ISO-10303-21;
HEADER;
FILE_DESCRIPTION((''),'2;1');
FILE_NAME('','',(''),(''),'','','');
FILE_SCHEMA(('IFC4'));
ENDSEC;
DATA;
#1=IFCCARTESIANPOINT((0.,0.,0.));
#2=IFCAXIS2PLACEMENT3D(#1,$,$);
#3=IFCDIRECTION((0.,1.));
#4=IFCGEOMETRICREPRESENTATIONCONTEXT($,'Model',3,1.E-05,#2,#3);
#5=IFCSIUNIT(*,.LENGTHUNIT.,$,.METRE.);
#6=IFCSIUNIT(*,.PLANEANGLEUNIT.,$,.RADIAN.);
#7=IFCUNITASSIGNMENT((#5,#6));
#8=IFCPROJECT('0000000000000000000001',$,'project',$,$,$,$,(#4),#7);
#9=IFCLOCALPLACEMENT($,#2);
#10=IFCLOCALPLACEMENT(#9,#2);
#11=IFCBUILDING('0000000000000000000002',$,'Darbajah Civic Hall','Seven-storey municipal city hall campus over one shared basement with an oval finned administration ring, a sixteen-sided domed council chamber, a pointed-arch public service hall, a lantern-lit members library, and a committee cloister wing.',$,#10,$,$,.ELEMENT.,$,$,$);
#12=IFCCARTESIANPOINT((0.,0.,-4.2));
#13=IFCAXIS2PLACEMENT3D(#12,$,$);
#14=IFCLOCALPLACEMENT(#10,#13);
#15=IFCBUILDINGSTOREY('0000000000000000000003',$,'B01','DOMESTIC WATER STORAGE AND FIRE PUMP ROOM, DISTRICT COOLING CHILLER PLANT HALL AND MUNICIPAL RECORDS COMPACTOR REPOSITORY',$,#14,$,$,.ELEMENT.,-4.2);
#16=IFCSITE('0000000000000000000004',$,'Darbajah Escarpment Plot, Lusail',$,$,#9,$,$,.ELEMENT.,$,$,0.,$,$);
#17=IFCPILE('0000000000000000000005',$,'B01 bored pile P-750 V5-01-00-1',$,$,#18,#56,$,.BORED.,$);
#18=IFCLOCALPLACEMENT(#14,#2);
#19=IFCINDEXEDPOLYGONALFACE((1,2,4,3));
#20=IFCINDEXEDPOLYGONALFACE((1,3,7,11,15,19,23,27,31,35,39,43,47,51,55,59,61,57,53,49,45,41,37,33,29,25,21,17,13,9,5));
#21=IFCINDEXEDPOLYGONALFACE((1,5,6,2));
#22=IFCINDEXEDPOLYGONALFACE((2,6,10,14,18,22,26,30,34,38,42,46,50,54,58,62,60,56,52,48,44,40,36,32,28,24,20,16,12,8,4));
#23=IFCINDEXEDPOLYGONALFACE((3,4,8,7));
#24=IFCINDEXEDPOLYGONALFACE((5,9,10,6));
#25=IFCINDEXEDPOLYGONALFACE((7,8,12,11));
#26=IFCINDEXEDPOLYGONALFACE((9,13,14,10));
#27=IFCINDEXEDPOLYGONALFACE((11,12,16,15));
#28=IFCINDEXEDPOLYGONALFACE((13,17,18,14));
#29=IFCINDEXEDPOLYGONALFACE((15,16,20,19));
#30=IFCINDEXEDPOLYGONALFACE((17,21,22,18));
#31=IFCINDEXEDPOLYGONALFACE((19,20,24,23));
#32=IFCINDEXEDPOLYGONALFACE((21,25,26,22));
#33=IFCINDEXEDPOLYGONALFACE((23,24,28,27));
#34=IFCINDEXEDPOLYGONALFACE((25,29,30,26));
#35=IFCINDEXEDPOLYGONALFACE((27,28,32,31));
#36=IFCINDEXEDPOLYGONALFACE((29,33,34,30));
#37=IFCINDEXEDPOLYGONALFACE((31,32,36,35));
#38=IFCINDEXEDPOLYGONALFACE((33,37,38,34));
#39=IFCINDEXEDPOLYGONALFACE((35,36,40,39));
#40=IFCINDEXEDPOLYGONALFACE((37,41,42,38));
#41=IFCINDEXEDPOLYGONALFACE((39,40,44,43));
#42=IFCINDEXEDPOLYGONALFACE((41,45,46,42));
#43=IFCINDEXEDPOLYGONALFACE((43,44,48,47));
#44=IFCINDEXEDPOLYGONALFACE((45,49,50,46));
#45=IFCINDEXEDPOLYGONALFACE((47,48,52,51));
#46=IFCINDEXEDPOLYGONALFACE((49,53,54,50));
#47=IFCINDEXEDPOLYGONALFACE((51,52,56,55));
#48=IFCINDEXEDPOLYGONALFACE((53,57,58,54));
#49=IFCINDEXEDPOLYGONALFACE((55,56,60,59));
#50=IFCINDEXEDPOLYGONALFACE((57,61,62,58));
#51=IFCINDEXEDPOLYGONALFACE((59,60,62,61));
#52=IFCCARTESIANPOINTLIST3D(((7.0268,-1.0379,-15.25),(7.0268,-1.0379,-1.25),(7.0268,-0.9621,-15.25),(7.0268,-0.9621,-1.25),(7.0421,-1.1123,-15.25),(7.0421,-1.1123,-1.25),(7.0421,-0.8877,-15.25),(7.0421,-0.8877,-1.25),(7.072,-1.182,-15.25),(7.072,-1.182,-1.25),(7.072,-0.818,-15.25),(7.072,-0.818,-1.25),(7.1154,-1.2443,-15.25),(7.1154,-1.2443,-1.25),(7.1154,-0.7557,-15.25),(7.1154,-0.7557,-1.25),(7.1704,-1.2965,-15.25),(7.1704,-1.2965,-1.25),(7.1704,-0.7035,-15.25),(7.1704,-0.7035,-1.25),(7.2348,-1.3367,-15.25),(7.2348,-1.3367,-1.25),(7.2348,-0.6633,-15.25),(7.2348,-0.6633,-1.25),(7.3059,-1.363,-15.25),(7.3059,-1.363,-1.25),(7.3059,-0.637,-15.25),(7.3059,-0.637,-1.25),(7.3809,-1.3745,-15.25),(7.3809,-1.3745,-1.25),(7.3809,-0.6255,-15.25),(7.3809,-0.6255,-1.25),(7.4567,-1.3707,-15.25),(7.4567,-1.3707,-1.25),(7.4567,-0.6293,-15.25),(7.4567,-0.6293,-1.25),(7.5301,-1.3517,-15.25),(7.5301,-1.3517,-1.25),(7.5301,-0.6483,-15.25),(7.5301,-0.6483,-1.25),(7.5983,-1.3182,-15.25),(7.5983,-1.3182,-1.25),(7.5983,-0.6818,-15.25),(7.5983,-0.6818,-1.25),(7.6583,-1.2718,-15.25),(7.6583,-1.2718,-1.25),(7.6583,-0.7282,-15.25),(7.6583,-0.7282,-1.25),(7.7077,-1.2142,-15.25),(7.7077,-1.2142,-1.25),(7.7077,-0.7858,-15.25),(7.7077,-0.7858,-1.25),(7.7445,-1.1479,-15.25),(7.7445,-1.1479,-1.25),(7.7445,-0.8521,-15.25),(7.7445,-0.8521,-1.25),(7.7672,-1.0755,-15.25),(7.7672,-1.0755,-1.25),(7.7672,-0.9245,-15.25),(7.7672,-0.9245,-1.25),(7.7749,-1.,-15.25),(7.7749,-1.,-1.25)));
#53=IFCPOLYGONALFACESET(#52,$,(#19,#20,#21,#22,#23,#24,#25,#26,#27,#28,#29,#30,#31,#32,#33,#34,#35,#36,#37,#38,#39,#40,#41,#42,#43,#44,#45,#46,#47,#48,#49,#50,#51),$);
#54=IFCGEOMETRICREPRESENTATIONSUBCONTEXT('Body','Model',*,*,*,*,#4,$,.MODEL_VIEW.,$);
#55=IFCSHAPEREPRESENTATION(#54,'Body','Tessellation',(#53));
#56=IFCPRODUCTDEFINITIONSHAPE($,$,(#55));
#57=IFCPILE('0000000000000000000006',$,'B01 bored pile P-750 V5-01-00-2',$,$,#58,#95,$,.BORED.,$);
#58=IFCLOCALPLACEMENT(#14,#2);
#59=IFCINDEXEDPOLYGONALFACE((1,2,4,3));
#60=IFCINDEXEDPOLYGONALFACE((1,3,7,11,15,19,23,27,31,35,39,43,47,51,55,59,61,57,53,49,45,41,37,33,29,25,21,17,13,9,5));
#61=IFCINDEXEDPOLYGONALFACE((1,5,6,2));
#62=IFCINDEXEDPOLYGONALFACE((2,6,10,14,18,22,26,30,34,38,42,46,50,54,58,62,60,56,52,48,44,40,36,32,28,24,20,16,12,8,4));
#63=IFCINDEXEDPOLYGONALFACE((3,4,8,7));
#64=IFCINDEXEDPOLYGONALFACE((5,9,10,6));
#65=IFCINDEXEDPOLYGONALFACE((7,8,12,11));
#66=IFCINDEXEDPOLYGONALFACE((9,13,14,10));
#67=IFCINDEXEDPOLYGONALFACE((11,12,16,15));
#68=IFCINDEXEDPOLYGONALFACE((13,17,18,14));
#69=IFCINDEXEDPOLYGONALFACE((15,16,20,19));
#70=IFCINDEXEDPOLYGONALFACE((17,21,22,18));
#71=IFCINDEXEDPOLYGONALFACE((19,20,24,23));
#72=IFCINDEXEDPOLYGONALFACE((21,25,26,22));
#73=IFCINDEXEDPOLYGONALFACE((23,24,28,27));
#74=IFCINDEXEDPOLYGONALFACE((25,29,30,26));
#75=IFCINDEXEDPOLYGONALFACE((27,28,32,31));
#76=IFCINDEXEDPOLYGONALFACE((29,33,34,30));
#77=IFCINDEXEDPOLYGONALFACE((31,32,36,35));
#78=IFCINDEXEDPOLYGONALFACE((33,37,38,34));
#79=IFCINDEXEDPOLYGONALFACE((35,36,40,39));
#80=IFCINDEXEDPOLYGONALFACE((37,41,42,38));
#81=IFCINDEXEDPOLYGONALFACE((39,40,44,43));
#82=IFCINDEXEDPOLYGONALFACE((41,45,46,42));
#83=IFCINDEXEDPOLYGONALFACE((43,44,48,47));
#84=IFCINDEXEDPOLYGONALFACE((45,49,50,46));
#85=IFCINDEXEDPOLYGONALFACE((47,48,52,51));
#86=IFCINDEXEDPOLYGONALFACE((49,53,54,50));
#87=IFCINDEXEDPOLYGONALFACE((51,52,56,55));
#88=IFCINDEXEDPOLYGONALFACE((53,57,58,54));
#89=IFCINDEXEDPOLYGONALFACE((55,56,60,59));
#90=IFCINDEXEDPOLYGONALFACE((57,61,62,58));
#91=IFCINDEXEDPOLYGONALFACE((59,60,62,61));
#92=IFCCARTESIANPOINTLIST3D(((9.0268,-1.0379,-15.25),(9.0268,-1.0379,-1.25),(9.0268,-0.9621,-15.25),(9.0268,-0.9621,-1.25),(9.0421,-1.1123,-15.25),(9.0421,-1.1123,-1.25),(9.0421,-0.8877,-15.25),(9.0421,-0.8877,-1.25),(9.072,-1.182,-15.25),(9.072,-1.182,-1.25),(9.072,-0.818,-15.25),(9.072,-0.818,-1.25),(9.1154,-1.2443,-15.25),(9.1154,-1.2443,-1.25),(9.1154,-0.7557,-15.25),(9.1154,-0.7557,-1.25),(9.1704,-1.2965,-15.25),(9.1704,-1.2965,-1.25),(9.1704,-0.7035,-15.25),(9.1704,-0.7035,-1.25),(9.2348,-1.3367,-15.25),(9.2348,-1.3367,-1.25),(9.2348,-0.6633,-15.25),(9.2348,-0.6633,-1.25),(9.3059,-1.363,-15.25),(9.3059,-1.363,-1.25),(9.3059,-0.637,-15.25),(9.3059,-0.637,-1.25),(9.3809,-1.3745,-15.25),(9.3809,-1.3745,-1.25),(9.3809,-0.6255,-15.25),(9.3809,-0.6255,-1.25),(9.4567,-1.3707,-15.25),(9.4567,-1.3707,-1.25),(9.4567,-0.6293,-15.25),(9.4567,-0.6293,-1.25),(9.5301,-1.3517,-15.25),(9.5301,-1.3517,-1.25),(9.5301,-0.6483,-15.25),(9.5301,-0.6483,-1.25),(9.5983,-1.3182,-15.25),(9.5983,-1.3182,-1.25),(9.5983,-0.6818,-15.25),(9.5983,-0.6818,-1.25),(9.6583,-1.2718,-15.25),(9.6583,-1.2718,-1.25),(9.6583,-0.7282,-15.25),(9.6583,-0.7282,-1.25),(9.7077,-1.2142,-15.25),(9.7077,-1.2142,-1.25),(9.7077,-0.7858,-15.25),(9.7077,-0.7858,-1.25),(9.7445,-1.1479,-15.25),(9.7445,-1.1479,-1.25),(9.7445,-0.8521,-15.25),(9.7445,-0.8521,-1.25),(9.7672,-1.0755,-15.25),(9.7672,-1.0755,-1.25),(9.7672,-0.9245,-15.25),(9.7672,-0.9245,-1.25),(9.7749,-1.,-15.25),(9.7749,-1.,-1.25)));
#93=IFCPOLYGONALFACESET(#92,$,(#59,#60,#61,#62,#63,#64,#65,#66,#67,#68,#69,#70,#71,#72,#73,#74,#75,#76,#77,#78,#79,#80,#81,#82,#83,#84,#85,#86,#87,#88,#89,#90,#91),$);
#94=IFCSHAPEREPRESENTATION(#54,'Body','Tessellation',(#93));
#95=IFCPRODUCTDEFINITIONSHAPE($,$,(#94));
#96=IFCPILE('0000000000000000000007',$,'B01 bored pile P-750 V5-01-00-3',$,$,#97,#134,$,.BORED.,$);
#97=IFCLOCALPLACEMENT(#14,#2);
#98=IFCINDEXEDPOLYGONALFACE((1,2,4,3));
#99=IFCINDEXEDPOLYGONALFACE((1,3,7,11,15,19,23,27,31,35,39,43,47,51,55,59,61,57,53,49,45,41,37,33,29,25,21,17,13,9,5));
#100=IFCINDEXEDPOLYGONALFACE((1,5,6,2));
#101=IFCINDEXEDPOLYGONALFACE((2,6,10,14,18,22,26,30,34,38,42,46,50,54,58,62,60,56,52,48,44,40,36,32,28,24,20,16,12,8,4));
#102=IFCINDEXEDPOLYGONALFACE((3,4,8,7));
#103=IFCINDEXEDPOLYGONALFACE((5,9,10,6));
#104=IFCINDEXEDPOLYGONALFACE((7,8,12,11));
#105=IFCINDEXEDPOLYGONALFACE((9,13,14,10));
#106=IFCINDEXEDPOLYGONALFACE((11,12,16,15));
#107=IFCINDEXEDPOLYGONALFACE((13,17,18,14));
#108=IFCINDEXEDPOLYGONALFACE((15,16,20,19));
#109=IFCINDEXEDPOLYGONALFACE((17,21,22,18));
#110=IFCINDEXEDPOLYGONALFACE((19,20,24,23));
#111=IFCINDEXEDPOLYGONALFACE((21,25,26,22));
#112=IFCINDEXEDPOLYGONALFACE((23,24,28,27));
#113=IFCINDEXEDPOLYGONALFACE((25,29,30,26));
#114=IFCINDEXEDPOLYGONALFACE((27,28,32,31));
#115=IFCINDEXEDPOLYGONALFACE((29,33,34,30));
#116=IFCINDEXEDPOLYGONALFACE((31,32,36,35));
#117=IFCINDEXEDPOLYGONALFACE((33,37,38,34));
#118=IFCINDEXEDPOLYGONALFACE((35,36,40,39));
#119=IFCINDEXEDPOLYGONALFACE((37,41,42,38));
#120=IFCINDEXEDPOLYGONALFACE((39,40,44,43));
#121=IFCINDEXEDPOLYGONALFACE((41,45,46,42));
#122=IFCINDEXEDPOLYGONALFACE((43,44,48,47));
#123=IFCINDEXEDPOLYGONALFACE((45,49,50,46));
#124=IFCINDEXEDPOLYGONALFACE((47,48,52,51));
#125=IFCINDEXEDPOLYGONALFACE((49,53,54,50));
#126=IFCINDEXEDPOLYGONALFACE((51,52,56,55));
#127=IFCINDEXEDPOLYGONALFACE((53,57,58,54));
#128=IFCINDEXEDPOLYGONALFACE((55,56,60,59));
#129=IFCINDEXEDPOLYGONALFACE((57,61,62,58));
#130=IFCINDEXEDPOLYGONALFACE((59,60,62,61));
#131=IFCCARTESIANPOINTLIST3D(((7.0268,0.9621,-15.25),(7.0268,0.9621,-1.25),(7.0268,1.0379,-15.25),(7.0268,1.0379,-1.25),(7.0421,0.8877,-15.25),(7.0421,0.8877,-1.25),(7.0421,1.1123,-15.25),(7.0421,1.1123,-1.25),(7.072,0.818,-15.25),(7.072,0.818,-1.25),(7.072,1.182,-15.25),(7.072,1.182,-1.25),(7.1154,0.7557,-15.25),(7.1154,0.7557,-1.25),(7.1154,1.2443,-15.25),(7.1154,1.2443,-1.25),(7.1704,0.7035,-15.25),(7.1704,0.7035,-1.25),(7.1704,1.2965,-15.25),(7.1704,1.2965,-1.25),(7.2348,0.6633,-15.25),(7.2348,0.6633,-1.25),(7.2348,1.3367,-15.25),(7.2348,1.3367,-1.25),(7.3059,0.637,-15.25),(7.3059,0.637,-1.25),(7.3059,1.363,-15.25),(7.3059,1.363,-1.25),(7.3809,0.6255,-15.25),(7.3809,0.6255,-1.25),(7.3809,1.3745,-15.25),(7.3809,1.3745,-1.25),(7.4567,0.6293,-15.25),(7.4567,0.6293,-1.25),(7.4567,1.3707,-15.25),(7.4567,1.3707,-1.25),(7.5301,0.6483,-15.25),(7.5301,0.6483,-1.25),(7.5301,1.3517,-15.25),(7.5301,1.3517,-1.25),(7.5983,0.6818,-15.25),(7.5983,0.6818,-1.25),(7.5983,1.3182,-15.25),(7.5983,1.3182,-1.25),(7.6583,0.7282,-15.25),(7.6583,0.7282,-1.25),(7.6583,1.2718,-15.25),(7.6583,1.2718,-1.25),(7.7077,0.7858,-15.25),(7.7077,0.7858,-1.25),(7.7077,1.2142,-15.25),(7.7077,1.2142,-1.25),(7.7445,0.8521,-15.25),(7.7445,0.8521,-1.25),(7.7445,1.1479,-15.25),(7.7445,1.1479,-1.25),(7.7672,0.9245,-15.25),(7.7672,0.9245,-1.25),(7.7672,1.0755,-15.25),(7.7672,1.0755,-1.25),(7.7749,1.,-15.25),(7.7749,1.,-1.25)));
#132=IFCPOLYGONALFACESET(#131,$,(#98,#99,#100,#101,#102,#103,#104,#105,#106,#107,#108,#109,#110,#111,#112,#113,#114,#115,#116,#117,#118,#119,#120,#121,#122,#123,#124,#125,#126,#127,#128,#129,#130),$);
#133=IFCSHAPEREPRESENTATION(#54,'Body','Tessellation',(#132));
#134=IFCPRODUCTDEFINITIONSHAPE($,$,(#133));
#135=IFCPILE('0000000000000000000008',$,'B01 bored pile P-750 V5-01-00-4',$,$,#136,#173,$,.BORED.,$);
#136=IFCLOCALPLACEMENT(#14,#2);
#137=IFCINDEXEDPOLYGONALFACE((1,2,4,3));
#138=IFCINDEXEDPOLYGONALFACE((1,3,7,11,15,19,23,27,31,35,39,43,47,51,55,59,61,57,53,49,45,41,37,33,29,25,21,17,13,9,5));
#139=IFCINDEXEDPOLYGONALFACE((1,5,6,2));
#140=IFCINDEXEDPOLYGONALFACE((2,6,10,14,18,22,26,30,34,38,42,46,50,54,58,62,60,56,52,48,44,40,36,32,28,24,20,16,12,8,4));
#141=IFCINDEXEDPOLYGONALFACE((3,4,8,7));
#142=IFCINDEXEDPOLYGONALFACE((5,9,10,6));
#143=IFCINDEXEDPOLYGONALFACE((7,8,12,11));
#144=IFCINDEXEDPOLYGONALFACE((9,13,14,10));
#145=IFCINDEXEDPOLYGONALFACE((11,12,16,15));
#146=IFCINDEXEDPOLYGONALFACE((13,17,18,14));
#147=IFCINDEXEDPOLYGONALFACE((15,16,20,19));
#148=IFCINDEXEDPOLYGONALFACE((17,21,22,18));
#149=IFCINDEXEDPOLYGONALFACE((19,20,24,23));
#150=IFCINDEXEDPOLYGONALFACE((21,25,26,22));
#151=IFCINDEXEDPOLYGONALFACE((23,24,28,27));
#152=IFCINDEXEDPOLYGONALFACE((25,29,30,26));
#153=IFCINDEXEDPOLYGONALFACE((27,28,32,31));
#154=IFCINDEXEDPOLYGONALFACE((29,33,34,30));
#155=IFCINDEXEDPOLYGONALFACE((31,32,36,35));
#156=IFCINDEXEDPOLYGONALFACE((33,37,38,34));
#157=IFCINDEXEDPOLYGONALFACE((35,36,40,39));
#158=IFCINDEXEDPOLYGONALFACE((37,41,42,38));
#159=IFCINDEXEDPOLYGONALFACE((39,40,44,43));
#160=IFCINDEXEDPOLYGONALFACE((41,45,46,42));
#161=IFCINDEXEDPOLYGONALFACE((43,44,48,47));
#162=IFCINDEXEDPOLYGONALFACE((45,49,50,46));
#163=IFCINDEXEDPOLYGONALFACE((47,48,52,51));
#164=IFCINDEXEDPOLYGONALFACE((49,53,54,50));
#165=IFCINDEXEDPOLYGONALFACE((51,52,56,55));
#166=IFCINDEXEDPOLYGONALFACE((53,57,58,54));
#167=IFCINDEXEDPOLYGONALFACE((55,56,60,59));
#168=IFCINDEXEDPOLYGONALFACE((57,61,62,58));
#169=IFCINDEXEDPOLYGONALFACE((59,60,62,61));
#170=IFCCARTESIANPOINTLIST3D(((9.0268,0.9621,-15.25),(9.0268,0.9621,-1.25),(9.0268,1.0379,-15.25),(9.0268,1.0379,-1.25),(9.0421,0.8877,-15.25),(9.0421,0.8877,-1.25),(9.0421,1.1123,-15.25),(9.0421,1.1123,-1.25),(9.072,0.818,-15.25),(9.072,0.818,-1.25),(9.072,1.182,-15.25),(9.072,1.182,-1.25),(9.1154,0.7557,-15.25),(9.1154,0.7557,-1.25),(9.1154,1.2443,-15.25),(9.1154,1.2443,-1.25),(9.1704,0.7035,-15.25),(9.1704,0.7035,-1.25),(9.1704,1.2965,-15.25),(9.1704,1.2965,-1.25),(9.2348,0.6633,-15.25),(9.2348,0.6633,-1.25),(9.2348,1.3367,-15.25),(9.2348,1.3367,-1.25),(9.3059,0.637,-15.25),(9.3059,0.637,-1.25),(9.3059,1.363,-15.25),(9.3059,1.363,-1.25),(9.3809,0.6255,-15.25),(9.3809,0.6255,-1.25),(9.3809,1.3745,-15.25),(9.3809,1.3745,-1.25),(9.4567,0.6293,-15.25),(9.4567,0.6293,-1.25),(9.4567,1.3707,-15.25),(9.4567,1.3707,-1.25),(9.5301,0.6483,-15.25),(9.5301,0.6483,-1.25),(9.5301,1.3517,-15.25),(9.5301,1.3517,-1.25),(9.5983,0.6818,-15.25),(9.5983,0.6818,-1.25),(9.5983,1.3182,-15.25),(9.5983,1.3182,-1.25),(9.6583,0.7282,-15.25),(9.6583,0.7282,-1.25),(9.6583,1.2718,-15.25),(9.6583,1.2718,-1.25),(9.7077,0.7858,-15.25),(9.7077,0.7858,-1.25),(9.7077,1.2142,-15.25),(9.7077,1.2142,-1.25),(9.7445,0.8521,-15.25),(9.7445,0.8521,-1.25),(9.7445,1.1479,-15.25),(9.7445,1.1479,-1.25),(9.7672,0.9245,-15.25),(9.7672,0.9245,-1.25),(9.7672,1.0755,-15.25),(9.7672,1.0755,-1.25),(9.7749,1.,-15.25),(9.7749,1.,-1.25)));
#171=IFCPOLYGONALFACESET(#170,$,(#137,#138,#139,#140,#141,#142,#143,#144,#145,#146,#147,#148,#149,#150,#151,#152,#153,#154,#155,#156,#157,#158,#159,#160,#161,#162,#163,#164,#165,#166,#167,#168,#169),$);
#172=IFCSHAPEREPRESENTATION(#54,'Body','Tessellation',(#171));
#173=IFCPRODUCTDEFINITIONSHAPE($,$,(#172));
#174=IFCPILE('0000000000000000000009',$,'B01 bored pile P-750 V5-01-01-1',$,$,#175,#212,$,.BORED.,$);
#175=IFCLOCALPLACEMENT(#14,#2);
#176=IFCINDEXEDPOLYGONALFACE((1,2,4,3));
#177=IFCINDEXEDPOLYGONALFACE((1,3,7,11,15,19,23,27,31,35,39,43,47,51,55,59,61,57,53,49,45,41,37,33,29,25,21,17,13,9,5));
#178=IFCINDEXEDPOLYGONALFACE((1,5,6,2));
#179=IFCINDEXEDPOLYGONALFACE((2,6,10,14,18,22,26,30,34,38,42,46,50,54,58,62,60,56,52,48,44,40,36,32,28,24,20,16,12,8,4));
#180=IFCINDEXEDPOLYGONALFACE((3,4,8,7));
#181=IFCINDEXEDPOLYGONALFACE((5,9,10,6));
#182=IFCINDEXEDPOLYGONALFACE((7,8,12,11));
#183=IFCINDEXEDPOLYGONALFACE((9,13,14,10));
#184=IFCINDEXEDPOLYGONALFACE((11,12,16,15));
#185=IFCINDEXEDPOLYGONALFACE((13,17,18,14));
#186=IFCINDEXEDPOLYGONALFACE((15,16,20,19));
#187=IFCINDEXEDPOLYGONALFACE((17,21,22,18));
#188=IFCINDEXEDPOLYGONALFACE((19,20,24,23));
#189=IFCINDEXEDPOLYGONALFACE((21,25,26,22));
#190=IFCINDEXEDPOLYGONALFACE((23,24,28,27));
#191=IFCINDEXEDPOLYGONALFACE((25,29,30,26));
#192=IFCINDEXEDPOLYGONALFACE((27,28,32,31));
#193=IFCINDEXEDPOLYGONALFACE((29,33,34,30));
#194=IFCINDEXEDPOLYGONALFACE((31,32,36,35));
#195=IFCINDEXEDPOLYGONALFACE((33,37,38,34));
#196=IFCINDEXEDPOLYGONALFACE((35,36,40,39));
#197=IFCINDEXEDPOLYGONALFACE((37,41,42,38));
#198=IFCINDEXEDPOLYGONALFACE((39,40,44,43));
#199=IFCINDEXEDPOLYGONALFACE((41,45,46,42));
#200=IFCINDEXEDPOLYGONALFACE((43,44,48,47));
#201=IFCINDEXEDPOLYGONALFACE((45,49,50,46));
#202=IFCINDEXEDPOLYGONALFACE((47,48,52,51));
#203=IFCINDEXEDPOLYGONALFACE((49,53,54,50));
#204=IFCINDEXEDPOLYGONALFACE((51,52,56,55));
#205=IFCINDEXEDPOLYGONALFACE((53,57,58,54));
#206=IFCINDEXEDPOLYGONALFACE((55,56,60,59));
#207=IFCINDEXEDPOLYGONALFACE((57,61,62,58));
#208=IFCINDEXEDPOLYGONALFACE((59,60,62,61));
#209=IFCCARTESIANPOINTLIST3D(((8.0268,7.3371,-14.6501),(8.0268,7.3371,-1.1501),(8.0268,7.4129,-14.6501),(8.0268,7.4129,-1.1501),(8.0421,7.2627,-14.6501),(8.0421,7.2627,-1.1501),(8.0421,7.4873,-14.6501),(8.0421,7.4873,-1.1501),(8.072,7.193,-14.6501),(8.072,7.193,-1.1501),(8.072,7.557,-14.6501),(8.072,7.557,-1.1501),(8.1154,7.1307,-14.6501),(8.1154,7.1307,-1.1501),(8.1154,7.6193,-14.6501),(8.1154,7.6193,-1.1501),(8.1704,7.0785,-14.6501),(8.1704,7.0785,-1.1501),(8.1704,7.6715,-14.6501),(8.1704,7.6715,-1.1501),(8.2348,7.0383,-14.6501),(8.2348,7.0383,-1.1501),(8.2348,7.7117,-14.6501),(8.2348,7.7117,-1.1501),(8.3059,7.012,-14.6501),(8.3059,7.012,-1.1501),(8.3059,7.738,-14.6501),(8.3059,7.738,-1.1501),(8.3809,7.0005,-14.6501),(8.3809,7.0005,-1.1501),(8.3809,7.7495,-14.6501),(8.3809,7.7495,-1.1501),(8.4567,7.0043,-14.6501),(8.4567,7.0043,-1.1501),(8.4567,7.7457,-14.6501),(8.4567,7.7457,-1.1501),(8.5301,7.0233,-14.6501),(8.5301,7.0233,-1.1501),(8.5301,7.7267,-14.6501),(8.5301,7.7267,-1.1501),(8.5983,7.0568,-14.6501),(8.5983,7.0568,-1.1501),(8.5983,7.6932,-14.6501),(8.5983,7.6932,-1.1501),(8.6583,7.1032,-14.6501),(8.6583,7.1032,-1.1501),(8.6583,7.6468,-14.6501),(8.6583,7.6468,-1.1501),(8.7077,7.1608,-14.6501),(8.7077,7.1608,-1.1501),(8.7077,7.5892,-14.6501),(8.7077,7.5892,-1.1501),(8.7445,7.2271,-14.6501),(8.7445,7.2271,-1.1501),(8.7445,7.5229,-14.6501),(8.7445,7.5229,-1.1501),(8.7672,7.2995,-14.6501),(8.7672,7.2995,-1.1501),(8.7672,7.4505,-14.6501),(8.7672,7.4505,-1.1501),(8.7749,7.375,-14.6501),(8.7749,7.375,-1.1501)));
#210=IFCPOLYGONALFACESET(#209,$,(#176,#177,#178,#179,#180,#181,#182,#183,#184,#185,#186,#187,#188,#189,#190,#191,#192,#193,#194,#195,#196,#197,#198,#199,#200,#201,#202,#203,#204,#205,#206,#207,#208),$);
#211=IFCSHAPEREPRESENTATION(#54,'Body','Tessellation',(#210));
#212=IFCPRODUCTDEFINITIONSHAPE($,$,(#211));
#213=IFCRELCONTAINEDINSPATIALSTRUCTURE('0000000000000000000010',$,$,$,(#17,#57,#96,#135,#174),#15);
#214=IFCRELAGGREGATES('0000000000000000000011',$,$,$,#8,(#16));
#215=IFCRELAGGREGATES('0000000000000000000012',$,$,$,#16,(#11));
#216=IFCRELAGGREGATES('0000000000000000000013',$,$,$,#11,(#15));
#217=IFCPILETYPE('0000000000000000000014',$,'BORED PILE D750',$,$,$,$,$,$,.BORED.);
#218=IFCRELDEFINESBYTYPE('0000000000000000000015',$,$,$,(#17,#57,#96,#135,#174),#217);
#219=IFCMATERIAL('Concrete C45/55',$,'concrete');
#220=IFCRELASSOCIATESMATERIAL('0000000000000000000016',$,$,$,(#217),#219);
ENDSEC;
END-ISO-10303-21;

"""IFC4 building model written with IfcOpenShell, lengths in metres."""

from ifc_helpers import new_model, si_unit, direction, frame, origin, origin_2d, place, context, subcontext, project, spatial, circle, extrude, material, material_profile, profile_set, type_object, element, save


model = new_model("IFC4")

# Units and contexts
model_context = context("Model", 3, precision=1e-05, world=origin(), true_north=direction((0.0, 1.0)))
body_context = subcontext(model_context, "Body", "Model", "MODEL_VIEW")
ifc_project = project(units=[si_unit("LENGTHUNIT", "METRE"), si_unit("PLANEANGLEUNIT", "RADIAN")], contexts=[model_context])

# Site, building, storey
site_placement = place(None, origin())
site = spatial("IfcSite", under=ifc_project, at=site_placement, Name="Darbajah Escarpment Plot, Lusail", CompositionType="ELEMENT", RefElevation=0.0)
building_placement = place(site_placement, origin())
building = spatial("IfcBuilding", under=site, at=building_placement, Name="Darbajah Civic Hall", Description="Seven-storey municipal city hall campus over one shared basement with an oval finned administration ring, a sixteen-sided domed council chamber, a pointed-arch public service hall, a lantern-lit members library, and a committee cloister wing.", CompositionType="ELEMENT")
storey_placement = place(building_placement, frame((0.0, 0.0, -4.2)))
storey = spatial("IfcBuildingStorey", under=building, at=storey_placement, Name="B01", Description="DOMESTIC WATER STORAGE AND FIRE PUMP ROOM, DISTRICT COOLING CHILLER PLANT HALL AND MUNICIPAL RECORDS COMPACTOR REPOSITORY", CompositionType="ELEMENT", Elevation=-4.2)

# Piles
ifc_material_1 = material(Name="Concrete C45/55", Category="concrete")
ifc_material_profile_1 = material_profile(ifc_material_1, circle(Radius=0.375, at=origin_2d()), Name="BORED PILE D750")
ifc_profile_set_1 = profile_set([ifc_material_profile_1], Name="Concrete C45/55")
pile_type = type_object("IfcPileType", Name="BORED PILE D750", PredefinedType="BORED", material=ifc_profile_set_1)
for number, where, z_axis, x_axis, name in (
    (1, (7.3999, -1.0, -1.25), (0.0, 0.0, -1.0), (1.0, 0.0, 0.0), "B01 bored pile P-750 V5-01-00-1"),
    (2, (9.3999, -1.0, -1.25), (0.0, 0.0, -1.0), (1.0, 0.0, 0.0), "B01 bored pile P-750 V5-01-00-2"),
    (3, (7.3999, 1.0, -1.25), (0.0, 0.0, -1.0), (1.0, 0.0, 0.0), "B01 bored pile P-750 V5-01-00-3"),
    (4, (9.3999, 1.0, -1.25), (0.0, 0.0, -1.0), (1.0, 0.0, 0.0), "B01 bored pile P-750 V5-01-00-4"),
):
    element("IfcPile", number, at=place(storey_placement, frame(where, z_axis=z_axis, x_axis=x_axis)), inside=storey, type_object=pile_type, Name=name, PredefinedType="BORED", context=body_context, shape_type="SweptSolid", body=[
        extrude(circle(Radius=0.375, at=origin_2d()), origin(), (0.0, 0.0, 1.0), 14.0),
    ])
for number, where, z_axis, x_axis, name in (
    (5, (8.3999, 7.375, -1.1501), (0.0, 0.0, -1.0), (1.0, 0.0, 0.0), "B01 bored pile P-750 V5-01-01-1"),
):
    element("IfcPile", number, at=place(storey_placement, frame(where, z_axis=z_axis, x_axis=x_axis)), inside=storey, type_object=pile_type, Name=name, PredefinedType="BORED", context=body_context, shape_type="SweptSolid", body=[
        extrude(circle(Radius=0.375, at=origin_2d()), origin(), (0.0, 0.0, 1.0), 13.5),
    ])

save(model, "model.ifc")
